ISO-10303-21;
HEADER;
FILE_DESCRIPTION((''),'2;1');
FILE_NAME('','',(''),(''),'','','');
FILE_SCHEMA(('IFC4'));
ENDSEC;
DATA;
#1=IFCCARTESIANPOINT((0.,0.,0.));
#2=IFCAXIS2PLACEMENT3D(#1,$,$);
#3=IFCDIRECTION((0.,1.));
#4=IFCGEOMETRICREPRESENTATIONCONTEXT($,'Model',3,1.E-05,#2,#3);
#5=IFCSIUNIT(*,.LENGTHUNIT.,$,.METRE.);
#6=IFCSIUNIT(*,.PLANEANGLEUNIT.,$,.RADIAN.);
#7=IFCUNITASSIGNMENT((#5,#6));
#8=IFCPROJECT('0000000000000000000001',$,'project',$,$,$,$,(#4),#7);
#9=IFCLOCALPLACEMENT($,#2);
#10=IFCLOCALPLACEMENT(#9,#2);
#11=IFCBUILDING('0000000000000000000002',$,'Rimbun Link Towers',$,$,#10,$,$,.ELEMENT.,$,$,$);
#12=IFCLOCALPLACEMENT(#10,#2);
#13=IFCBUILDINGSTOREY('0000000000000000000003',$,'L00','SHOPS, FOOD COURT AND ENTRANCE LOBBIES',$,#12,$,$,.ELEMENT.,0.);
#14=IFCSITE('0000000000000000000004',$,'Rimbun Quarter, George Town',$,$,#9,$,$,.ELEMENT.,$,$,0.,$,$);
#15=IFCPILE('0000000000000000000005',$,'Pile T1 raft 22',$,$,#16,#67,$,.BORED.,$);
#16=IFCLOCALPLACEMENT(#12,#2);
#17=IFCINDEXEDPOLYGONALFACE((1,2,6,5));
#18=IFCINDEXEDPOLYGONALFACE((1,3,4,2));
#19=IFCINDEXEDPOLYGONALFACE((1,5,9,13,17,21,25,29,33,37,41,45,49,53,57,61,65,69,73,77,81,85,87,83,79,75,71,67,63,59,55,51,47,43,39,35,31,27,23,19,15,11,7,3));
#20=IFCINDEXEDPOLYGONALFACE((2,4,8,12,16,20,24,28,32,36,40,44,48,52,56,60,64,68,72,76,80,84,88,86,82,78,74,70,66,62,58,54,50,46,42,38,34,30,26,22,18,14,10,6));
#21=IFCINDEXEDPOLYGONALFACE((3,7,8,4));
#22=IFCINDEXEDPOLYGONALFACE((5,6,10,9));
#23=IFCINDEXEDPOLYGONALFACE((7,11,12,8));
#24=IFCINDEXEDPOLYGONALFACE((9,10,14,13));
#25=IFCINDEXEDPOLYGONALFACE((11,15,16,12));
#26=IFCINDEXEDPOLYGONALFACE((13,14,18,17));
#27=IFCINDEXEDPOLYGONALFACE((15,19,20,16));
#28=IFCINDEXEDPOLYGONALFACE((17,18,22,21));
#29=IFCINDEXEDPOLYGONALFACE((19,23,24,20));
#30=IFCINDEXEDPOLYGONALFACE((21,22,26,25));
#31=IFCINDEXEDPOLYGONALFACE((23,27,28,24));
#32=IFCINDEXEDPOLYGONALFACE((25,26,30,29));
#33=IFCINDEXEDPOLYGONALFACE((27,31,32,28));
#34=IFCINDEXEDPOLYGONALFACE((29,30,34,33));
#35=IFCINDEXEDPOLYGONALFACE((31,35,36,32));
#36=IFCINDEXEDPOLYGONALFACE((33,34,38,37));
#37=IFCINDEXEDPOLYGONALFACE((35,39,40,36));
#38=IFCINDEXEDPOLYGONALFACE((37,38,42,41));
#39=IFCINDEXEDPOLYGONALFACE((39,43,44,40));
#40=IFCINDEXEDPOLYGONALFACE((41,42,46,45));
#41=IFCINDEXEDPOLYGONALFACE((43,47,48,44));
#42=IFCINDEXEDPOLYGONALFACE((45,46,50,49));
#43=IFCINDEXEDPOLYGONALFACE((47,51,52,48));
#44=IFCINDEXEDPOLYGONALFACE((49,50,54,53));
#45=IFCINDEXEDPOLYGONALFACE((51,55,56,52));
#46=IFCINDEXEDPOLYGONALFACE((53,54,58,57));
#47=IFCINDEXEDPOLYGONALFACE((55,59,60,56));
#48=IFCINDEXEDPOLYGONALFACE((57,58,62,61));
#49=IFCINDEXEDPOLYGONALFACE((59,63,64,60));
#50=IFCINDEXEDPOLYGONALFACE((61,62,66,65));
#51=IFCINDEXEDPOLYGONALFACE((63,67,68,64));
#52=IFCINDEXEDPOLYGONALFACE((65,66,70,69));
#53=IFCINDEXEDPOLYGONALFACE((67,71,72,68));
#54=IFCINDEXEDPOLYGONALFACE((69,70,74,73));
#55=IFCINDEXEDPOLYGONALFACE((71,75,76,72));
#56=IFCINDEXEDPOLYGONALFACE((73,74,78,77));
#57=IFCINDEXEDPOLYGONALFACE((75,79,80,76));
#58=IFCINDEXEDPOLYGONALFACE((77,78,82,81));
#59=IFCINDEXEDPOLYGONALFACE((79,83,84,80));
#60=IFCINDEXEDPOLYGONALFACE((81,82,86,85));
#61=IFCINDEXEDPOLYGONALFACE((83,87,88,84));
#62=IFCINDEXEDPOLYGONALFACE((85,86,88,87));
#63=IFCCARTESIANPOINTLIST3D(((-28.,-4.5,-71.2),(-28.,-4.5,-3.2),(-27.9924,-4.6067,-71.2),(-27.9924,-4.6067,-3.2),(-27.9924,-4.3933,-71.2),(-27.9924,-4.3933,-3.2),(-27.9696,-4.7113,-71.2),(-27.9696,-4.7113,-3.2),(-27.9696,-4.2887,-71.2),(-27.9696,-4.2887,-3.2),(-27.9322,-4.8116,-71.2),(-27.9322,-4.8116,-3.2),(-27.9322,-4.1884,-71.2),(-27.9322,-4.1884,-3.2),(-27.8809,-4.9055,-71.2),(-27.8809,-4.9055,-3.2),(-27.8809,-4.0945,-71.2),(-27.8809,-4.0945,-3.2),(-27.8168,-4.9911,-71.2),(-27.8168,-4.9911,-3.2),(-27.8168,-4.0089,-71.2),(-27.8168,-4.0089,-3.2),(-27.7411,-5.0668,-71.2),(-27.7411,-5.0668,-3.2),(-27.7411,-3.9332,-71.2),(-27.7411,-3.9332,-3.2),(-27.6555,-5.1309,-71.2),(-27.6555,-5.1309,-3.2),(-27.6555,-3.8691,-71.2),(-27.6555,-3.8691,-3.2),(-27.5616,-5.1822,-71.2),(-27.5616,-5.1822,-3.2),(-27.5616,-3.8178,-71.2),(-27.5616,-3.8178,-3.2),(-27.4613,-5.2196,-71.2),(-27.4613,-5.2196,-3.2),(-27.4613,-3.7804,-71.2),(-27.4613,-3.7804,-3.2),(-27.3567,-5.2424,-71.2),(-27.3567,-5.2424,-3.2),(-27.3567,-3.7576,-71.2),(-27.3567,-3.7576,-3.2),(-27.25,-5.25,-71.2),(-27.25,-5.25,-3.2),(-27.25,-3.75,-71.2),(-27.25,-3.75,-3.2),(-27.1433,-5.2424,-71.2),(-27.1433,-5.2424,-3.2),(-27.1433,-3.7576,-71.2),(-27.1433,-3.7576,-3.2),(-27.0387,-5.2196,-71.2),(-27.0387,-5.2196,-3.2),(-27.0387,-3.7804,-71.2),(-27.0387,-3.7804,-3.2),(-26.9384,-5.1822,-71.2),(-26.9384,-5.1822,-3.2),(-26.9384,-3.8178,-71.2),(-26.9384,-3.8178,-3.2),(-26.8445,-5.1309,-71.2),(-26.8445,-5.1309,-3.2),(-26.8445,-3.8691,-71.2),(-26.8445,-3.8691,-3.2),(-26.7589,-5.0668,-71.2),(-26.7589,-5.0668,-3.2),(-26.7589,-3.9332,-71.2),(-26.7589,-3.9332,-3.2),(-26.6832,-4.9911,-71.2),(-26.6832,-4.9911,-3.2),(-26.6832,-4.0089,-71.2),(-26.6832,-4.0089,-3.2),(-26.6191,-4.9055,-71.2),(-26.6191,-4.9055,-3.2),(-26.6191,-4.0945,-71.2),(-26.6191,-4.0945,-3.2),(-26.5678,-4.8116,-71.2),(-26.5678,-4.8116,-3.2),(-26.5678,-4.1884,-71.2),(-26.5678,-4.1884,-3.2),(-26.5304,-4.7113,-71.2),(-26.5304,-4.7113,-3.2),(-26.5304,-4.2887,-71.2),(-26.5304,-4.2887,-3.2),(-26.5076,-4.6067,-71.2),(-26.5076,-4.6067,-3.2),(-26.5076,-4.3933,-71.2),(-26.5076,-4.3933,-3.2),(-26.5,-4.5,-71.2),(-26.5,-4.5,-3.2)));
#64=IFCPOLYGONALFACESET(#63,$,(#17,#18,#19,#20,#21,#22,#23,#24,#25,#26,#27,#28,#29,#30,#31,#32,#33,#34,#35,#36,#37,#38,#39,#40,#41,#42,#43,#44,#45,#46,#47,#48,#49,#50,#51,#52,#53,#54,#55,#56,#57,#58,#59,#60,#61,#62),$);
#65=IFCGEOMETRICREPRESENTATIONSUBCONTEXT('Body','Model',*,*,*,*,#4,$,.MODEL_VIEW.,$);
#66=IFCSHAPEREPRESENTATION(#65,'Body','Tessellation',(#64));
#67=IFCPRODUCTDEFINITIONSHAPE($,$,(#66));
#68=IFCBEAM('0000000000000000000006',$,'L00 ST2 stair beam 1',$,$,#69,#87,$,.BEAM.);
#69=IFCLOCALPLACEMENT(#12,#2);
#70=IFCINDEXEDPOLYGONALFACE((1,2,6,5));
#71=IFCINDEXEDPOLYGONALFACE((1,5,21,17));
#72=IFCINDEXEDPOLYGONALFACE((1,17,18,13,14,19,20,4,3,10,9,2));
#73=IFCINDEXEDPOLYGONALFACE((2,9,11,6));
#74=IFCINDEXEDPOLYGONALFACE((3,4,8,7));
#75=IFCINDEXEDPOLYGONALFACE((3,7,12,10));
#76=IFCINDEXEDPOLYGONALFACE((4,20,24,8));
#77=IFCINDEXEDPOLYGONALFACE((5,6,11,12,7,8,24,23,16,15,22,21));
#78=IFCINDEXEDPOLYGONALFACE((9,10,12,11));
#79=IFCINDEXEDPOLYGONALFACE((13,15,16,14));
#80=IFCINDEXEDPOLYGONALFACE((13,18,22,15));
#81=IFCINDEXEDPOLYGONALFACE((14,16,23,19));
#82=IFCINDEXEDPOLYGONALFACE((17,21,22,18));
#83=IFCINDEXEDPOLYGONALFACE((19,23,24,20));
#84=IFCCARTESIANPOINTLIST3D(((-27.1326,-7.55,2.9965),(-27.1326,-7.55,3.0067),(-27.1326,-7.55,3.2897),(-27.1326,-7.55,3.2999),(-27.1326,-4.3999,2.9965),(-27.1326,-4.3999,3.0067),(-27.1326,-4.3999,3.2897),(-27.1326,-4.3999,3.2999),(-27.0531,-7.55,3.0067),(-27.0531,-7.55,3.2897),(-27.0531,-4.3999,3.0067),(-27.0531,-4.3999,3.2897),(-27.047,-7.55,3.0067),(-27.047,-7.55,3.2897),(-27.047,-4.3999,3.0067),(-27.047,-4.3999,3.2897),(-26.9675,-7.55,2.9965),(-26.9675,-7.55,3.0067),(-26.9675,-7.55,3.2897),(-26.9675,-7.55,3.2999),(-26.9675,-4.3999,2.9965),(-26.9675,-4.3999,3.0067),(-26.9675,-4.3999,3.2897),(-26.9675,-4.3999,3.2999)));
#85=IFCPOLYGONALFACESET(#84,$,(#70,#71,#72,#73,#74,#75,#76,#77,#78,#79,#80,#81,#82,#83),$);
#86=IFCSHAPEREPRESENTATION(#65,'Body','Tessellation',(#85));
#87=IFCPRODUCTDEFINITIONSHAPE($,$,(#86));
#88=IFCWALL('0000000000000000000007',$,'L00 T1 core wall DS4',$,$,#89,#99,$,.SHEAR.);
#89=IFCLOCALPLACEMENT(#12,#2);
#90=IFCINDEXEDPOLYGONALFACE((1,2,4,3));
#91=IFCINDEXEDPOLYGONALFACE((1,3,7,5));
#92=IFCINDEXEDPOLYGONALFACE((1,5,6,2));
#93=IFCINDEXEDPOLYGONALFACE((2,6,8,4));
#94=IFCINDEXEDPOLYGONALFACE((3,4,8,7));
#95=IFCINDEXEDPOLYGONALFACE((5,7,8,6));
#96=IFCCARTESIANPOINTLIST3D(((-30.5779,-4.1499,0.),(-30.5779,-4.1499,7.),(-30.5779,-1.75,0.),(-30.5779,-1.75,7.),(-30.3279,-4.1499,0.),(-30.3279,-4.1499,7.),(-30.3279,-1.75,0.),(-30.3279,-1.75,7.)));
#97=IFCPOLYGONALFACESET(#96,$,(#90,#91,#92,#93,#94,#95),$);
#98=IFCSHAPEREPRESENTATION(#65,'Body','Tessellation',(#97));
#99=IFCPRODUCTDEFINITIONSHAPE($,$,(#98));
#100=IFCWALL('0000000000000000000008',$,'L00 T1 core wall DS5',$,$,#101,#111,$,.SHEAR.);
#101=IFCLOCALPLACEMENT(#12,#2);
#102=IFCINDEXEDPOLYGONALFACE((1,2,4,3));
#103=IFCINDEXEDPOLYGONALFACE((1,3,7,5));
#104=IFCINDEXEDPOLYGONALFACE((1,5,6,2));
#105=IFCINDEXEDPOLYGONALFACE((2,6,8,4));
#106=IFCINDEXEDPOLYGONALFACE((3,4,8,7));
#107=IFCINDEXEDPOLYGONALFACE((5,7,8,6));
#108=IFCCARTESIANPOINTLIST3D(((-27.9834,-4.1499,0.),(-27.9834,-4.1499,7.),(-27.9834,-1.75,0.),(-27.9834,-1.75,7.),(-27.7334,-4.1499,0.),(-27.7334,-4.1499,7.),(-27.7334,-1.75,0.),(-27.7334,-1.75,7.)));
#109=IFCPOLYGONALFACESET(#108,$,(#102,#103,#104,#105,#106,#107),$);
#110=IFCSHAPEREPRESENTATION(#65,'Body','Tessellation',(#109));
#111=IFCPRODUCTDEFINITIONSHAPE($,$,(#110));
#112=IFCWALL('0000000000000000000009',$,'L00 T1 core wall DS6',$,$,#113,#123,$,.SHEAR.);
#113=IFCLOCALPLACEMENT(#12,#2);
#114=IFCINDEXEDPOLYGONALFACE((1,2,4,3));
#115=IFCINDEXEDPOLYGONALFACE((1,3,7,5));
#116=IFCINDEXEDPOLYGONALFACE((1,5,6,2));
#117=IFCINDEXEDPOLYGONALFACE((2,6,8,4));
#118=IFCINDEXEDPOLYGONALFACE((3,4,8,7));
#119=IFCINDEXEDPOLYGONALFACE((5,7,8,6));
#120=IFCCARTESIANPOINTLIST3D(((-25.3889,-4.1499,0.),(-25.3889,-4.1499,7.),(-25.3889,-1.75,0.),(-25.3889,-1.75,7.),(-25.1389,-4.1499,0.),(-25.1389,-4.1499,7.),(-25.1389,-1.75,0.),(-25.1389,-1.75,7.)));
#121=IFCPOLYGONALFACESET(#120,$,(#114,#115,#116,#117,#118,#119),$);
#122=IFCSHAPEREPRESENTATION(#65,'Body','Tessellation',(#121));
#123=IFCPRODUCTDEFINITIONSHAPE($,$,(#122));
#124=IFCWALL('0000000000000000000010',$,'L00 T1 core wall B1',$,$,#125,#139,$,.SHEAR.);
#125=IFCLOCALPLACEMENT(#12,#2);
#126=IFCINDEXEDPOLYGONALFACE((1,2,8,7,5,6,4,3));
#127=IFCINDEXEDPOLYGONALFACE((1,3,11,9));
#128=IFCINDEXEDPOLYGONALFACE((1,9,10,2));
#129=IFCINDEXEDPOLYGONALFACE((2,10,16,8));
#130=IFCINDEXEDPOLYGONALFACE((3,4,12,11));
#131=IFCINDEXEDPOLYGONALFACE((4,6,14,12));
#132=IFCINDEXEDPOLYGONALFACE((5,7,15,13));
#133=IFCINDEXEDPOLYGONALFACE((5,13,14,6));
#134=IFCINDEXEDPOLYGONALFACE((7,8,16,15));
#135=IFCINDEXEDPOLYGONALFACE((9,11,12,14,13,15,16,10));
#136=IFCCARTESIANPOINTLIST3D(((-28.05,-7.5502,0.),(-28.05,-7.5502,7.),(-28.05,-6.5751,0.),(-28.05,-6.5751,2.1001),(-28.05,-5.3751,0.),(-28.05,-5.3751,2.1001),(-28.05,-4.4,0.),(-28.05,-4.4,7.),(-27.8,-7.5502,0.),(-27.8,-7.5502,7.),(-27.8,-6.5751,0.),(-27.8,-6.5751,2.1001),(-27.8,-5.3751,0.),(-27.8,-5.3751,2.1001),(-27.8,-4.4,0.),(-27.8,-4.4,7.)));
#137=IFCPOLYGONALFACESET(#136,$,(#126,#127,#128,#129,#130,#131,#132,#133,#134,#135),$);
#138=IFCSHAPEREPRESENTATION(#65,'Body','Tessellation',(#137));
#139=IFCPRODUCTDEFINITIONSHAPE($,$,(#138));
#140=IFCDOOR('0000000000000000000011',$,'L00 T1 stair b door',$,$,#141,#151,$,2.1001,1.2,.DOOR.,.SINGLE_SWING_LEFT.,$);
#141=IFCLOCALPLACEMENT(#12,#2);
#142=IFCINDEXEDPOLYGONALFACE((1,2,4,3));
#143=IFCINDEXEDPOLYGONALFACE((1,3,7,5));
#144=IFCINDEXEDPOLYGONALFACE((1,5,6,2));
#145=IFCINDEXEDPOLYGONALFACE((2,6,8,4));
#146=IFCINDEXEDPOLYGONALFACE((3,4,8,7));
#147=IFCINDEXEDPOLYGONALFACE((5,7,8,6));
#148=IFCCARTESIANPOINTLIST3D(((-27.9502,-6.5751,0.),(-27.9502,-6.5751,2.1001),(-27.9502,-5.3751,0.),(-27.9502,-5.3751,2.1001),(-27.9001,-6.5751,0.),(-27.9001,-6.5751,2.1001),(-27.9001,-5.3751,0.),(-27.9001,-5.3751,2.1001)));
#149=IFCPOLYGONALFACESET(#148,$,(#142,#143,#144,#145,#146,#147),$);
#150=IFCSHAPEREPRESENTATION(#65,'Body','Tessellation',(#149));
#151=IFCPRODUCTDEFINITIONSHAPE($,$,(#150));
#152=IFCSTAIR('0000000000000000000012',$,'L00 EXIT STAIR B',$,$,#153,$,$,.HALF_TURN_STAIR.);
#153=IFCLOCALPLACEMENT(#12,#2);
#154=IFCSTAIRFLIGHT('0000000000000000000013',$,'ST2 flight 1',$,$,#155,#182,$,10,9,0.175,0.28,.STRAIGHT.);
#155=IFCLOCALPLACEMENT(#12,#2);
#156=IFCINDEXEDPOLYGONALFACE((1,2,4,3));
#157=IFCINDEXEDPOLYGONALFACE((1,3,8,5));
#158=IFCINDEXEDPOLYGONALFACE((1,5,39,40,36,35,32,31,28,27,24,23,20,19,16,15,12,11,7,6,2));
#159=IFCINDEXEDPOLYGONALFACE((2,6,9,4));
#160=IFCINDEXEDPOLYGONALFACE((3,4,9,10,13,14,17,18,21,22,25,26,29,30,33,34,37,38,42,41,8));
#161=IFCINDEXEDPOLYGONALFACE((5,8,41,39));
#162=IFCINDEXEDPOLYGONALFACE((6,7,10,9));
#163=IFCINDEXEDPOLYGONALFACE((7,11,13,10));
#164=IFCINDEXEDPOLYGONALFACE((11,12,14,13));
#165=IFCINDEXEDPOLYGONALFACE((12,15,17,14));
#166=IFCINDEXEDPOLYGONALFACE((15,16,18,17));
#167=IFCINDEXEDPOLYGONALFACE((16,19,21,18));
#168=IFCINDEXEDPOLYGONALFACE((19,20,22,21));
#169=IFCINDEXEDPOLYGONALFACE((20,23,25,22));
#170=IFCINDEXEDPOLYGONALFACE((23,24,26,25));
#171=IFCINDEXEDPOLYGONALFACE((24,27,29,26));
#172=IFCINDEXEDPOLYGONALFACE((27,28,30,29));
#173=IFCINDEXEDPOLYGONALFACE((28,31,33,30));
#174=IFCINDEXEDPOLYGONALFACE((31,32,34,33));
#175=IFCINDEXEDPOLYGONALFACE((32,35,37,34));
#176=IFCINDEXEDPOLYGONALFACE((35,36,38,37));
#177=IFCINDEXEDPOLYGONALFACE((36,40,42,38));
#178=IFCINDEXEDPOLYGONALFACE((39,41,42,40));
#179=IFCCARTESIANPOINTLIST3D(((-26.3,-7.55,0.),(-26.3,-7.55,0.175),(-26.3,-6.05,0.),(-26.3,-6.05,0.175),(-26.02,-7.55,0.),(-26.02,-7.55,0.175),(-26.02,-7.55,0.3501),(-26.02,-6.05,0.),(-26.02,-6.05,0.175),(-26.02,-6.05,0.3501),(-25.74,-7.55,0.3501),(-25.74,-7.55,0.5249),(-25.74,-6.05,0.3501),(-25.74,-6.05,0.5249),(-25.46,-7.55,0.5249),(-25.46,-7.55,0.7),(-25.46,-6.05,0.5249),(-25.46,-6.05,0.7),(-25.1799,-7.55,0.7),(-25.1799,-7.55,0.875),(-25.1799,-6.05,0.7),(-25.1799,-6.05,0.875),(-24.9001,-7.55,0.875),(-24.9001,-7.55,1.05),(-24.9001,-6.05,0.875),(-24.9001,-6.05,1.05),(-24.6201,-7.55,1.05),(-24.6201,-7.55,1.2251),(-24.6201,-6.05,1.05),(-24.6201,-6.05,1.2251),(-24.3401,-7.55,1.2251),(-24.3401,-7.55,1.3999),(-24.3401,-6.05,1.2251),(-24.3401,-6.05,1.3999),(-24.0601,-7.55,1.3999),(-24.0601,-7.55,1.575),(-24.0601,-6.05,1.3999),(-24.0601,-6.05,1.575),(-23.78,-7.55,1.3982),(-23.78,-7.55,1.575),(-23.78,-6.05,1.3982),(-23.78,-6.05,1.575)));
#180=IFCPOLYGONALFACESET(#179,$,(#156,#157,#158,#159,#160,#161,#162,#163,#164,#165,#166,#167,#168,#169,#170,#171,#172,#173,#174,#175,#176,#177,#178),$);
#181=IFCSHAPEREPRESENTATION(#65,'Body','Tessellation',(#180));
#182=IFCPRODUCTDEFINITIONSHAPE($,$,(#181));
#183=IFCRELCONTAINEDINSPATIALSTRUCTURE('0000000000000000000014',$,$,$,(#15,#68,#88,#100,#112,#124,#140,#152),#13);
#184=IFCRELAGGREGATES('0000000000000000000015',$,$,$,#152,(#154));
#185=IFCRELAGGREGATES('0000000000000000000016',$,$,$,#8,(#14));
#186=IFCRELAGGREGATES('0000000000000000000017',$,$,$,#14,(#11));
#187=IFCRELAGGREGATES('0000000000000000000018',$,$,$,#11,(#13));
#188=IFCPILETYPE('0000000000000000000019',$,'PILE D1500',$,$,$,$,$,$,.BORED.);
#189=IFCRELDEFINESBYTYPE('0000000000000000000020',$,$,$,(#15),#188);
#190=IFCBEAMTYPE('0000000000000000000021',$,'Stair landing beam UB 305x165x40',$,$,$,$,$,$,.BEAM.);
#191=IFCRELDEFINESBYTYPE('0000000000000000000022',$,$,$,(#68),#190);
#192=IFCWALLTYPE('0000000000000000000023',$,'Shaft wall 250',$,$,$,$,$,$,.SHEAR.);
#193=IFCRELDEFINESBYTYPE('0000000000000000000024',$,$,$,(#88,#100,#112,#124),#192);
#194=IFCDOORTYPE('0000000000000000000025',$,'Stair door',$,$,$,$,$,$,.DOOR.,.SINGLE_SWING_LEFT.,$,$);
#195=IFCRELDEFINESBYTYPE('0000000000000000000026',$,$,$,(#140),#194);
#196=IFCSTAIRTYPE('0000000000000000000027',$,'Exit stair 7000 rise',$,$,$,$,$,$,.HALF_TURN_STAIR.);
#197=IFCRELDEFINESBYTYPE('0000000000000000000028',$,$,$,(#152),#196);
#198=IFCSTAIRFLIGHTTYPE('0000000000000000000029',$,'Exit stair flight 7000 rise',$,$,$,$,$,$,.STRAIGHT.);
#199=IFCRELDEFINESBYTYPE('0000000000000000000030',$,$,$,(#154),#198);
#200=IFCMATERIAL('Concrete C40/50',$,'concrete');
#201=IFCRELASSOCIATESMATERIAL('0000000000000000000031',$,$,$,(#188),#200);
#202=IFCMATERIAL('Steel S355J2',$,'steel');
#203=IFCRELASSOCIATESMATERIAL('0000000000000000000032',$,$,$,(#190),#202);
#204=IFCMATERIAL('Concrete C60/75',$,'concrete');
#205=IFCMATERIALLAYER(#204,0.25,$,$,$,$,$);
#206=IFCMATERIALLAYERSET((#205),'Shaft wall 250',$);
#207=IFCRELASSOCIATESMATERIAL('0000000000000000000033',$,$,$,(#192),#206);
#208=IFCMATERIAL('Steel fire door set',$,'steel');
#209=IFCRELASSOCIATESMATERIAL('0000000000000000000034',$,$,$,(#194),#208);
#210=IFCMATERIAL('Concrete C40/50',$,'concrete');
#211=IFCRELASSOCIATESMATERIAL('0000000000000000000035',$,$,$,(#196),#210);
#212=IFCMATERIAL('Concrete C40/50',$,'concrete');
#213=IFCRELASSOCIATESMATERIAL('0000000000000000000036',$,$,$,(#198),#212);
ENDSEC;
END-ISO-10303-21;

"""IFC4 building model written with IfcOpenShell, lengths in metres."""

from ifc_helpers import new_model, si_unit, direction, frame, frame_2d, origin, origin_2d, place, context, subcontext, project, spatial, polyline, rectangle, circle, i_section, outline, extrude, material, layer, layer_set, material_profile, profile_set, type_object, element, fill, aggregate, save


model = new_model("IFC4")

# Units and contexts
model_context = context("Model", 3, precision=1e-05, world=origin(), true_north=direction((0.0, 1.0)))
body_context = subcontext(model_context, "Body", "Model", "MODEL_VIEW")
ifc_project = project(units=[si_unit("LENGTHUNIT", "METRE"), si_unit("PLANEANGLEUNIT", "RADIAN")], contexts=[model_context])

# Site, building, storey
site_placement = place(None, origin())
site = spatial("IfcSite", under=ifc_project, at=site_placement, Name="Rimbun Quarter, George Town", CompositionType="ELEMENT", RefElevation=0.0)
building_placement = place(site_placement, origin())
building = spatial("IfcBuilding", under=site, at=building_placement, Name="Rimbun Link Towers", CompositionType="ELEMENT")
storey_placement = place(building_placement, origin())
storey = spatial("IfcBuildingStorey", under=building, at=storey_placement, Name="L00", Description="SHOPS, FOOD COURT AND ENTRANCE LOBBIES", CompositionType="ELEMENT", Elevation=0.0)

# Pile
ifc_material_1 = material(Name="Concrete C40/50", Category="concrete")
ifc_material_profile_1 = material_profile(ifc_material_1, circle(Radius=0.75, at=origin_2d()), Name="PILE D1500")
ifc_profile_set_1 = profile_set([ifc_material_profile_1], Name="Concrete C40/50")
pile_type = type_object("IfcPileType", Name="PILE D1500", PredefinedType="BORED", material=ifc_profile_set_1)
for number, where, z_axis, x_axis, name in (
    (1, (-27.25, -4.5, -3.2), (0.0, 0.0, -1.0), (1.0, 0.0, 0.0), "Pile T1 raft 22"),
):
    element("IfcPile", number, at=place(storey_placement, frame(where, z_axis=z_axis, x_axis=x_axis)), inside=storey, type_object=pile_type, Name=name, PredefinedType="BORED", context=body_context, shape_type="SweptSolid", body=[
        extrude(circle(Radius=0.75, at=origin_2d()), origin(), (0.0, 0.0, 1.0), 68.0),
    ])

# Beam
ifc_material_2 = material(Name="Steel S355J2", Category="steel")
ifc_material_profile_2 = material_profile(ifc_material_2, i_section(OverallWidth=0.165, OverallDepth=0.3035, WebThickness=0.0061, FlangeThickness=0.0103, at=origin_2d()), Name="UB 305x165x40")
ifc_profile_set_2 = profile_set([ifc_material_profile_2], Name="Steel S355J2")
beam_type = type_object("IfcBeamType", Name="Stair landing beam UB 305x165x40", PredefinedType="BEAM", material=ifc_profile_set_2)
beam_placement = place(storey_placement, frame((-27.05, -7.55, 3.1482), z_axis=(0.0, 1.0, 0.0), x_axis=(-1.0, 0.0, 0.0)))
element("IfcBeam", 2, at=beam_placement, inside=storey, type_object=beam_type, Name="L00 ST2 stair beam 1", PredefinedType="BEAM", context=body_context, shape_type="SweptSolid", body=[
    extrude(i_section(OverallWidth=0.165, OverallDepth=0.3035, WebThickness=0.0061, FlangeThickness=0.0103, at=origin_2d()), origin(), (0.0, 0.0, 1.0), 3.1501),
])

# Walls
ifc_material_3 = material(Name="Concrete C60/75", Category="concrete")
ifc_layer = layer(ifc_material_3, 0.25)
ifc_layer_set = layer_set([ifc_layer], Name="Shaft wall 250")
wall_type = type_object("IfcWallType", Name="Shaft wall 250", PredefinedType="SHEAR", material=ifc_layer_set)
for number, where, z_axis, x_axis, name in (
    (3, (-30.4529, -4.1499, 0.0), (0.0, 0.0, 1.0), (0.0, 1.0, 0.0), "L00 T1 core wall DS4"),
    (4, (-27.8584, -4.1499, 0.0), (0.0, 0.0, 1.0), (0.0, 1.0, 0.0), "L00 T1 core wall DS5"),
    (5, (-25.2639, -4.1499, 0.0), (0.0, 0.0, 1.0), (0.0, 1.0, 0.0), "L00 T1 core wall DS6"),
):
    element("IfcWall", number, at=place(storey_placement, frame(where, z_axis=z_axis, x_axis=x_axis)), inside=storey, type_object=wall_type, Name=name, PredefinedType="SHEAR", context=body_context, shape_type="SweptSolid", body=[
        extrude(rectangle(XDim=2.3999, YDim=0.25, at=frame_2d((1.2, 0.0))), origin(), (0.0, 0.0, 1.0), 7.0),
    ])

# Wall, opening, door
wall_placement = place(storey_placement, frame((-27.925, -4.3999, 0.0), z_axis=(0.0, 0.0, 1.0), x_axis=(0.0, -1.0, 0.0)))
wall = element("IfcWall", 6, at=wall_placement, inside=storey, type_object=wall_type, Name="L00 T1 core wall B1", PredefinedType="SHEAR", context=body_context, shape_type="SweptSolid", body=[
    extrude(rectangle(XDim=3.1501, YDim=0.25, at=frame_2d((1.5752, 0.0))), origin(), (0.0, 0.0, 1.0), 7.0),
])
opening_placement = place(wall_placement, frame((0.9751, 0.0, 0.0)))
opening = element("IfcOpeningElement", 7, at=opening_placement, cuts=wall, PredefinedType="OPENING", context=body_context, shape_type="SweptSolid", body=[
    extrude(rectangle(XDim=1.2, YDim=2.1001, at=frame_2d((0.6001, 1.05))), frame((0.0, 0.135, 0.0), z_axis=(0.0, -1.0, 0.0), x_axis=(1.0, 0.0, 0.0)), (0.0, 0.0, 1.0), 0.27),
])
ifc_material_4 = material(Name="Steel fire door set", Category="steel")
door_type = type_object("IfcDoorType", Name="Stair door", OperationType="SINGLE_SWING_LEFT", PredefinedType="DOOR", material=ifc_material_4)
door_placement = place(opening_placement, origin())
door = element("IfcDoor", 8, at=door_placement, inside=storey, type_object=door_type, Name="L00 T1 stair b door", OperationType="SINGLE_SWING_LEFT", OverallHeight=2.1001, OverallWidth=1.2, PredefinedType="DOOR", context=body_context, shape_type="SweptSolid", body=[
    extrude(rectangle(XDim=1.2, YDim=2.1001, at=frame_2d((0.6001, 1.05))), frame((0.0, 0.0249, 0.0), z_axis=(0.0, -1.0, 0.0), x_axis=(1.0, 0.0, 0.0)), (0.0, 0.0, 1.0), 0.05),
])
fill(opening, door)

# Stair, stair flight
ifc_material_5 = material(Name="Concrete C40/50", Category="concrete")
stair_type = type_object("IfcStairType", Name="Exit stair 7000 rise", PredefinedType="HALF_TURN_STAIR", material=ifc_material_5)
stair_placement = place(storey_placement, origin())
stair = element("IfcStair", 9, at=stair_placement, inside=storey, type_object=stair_type, Name="L00 EXIT STAIR B", PredefinedType="HALF_TURN_STAIR")
ifc_material_6 = material(Name="Concrete C40/50", Category="concrete")
stair_flight_type = type_object("IfcStairFlightType", Name="Exit stair flight 7000 rise", PredefinedType="STRAIGHT", material=ifc_material_6)
stair_flight_1_placement = place(storey_placement, frame((-26.3, -6.8, 0.0), z_axis=(0.0, 0.0, 1.0), x_axis=(1.0, 0.0, 0.0)))
stair_flight_1 = element("IfcStairFlight", 10, at=stair_flight_1_placement, type_object=stair_flight_type, Name="ST2 flight 1", NumberOfRisers=10, NumberOfTreads=9, PredefinedType="STRAIGHT", RiserHeight=0.175, TreadLength=0.28, context=body_context, shape_type="SweptSolid", body=[
    extrude(outline(polyline([(0.0, 0.0), (0.0, 0.175), (0.28, 0.175), (0.28, 0.3501), (0.5601, 0.3501), (0.5601, 0.5249), (0.8401, 0.5249), (0.8401, 0.7), (1.1201, 0.7), (1.1201, 0.875), (1.3999, 0.875), (1.3999, 1.05), (1.6799, 1.05), (1.6799, 1.2251), (1.96, 1.2251), (1.96, 1.3999), (2.24, 1.3999), (2.24, 1.575), (2.52, 1.575), (2.52, 1.75), (2.52, 1.3982), (0.28, 0.0), (0.0, 0.0)])), frame((0.0, 0.75, 0.0), z_axis=(0.0, -1.0, 0.0), x_axis=(1.0, 0.0, 0.0)), (0.0, 0.0, 1.0), 1.5),
])
aggregate(stair, [stair_flight_1])

save(model, "model.ifc")
